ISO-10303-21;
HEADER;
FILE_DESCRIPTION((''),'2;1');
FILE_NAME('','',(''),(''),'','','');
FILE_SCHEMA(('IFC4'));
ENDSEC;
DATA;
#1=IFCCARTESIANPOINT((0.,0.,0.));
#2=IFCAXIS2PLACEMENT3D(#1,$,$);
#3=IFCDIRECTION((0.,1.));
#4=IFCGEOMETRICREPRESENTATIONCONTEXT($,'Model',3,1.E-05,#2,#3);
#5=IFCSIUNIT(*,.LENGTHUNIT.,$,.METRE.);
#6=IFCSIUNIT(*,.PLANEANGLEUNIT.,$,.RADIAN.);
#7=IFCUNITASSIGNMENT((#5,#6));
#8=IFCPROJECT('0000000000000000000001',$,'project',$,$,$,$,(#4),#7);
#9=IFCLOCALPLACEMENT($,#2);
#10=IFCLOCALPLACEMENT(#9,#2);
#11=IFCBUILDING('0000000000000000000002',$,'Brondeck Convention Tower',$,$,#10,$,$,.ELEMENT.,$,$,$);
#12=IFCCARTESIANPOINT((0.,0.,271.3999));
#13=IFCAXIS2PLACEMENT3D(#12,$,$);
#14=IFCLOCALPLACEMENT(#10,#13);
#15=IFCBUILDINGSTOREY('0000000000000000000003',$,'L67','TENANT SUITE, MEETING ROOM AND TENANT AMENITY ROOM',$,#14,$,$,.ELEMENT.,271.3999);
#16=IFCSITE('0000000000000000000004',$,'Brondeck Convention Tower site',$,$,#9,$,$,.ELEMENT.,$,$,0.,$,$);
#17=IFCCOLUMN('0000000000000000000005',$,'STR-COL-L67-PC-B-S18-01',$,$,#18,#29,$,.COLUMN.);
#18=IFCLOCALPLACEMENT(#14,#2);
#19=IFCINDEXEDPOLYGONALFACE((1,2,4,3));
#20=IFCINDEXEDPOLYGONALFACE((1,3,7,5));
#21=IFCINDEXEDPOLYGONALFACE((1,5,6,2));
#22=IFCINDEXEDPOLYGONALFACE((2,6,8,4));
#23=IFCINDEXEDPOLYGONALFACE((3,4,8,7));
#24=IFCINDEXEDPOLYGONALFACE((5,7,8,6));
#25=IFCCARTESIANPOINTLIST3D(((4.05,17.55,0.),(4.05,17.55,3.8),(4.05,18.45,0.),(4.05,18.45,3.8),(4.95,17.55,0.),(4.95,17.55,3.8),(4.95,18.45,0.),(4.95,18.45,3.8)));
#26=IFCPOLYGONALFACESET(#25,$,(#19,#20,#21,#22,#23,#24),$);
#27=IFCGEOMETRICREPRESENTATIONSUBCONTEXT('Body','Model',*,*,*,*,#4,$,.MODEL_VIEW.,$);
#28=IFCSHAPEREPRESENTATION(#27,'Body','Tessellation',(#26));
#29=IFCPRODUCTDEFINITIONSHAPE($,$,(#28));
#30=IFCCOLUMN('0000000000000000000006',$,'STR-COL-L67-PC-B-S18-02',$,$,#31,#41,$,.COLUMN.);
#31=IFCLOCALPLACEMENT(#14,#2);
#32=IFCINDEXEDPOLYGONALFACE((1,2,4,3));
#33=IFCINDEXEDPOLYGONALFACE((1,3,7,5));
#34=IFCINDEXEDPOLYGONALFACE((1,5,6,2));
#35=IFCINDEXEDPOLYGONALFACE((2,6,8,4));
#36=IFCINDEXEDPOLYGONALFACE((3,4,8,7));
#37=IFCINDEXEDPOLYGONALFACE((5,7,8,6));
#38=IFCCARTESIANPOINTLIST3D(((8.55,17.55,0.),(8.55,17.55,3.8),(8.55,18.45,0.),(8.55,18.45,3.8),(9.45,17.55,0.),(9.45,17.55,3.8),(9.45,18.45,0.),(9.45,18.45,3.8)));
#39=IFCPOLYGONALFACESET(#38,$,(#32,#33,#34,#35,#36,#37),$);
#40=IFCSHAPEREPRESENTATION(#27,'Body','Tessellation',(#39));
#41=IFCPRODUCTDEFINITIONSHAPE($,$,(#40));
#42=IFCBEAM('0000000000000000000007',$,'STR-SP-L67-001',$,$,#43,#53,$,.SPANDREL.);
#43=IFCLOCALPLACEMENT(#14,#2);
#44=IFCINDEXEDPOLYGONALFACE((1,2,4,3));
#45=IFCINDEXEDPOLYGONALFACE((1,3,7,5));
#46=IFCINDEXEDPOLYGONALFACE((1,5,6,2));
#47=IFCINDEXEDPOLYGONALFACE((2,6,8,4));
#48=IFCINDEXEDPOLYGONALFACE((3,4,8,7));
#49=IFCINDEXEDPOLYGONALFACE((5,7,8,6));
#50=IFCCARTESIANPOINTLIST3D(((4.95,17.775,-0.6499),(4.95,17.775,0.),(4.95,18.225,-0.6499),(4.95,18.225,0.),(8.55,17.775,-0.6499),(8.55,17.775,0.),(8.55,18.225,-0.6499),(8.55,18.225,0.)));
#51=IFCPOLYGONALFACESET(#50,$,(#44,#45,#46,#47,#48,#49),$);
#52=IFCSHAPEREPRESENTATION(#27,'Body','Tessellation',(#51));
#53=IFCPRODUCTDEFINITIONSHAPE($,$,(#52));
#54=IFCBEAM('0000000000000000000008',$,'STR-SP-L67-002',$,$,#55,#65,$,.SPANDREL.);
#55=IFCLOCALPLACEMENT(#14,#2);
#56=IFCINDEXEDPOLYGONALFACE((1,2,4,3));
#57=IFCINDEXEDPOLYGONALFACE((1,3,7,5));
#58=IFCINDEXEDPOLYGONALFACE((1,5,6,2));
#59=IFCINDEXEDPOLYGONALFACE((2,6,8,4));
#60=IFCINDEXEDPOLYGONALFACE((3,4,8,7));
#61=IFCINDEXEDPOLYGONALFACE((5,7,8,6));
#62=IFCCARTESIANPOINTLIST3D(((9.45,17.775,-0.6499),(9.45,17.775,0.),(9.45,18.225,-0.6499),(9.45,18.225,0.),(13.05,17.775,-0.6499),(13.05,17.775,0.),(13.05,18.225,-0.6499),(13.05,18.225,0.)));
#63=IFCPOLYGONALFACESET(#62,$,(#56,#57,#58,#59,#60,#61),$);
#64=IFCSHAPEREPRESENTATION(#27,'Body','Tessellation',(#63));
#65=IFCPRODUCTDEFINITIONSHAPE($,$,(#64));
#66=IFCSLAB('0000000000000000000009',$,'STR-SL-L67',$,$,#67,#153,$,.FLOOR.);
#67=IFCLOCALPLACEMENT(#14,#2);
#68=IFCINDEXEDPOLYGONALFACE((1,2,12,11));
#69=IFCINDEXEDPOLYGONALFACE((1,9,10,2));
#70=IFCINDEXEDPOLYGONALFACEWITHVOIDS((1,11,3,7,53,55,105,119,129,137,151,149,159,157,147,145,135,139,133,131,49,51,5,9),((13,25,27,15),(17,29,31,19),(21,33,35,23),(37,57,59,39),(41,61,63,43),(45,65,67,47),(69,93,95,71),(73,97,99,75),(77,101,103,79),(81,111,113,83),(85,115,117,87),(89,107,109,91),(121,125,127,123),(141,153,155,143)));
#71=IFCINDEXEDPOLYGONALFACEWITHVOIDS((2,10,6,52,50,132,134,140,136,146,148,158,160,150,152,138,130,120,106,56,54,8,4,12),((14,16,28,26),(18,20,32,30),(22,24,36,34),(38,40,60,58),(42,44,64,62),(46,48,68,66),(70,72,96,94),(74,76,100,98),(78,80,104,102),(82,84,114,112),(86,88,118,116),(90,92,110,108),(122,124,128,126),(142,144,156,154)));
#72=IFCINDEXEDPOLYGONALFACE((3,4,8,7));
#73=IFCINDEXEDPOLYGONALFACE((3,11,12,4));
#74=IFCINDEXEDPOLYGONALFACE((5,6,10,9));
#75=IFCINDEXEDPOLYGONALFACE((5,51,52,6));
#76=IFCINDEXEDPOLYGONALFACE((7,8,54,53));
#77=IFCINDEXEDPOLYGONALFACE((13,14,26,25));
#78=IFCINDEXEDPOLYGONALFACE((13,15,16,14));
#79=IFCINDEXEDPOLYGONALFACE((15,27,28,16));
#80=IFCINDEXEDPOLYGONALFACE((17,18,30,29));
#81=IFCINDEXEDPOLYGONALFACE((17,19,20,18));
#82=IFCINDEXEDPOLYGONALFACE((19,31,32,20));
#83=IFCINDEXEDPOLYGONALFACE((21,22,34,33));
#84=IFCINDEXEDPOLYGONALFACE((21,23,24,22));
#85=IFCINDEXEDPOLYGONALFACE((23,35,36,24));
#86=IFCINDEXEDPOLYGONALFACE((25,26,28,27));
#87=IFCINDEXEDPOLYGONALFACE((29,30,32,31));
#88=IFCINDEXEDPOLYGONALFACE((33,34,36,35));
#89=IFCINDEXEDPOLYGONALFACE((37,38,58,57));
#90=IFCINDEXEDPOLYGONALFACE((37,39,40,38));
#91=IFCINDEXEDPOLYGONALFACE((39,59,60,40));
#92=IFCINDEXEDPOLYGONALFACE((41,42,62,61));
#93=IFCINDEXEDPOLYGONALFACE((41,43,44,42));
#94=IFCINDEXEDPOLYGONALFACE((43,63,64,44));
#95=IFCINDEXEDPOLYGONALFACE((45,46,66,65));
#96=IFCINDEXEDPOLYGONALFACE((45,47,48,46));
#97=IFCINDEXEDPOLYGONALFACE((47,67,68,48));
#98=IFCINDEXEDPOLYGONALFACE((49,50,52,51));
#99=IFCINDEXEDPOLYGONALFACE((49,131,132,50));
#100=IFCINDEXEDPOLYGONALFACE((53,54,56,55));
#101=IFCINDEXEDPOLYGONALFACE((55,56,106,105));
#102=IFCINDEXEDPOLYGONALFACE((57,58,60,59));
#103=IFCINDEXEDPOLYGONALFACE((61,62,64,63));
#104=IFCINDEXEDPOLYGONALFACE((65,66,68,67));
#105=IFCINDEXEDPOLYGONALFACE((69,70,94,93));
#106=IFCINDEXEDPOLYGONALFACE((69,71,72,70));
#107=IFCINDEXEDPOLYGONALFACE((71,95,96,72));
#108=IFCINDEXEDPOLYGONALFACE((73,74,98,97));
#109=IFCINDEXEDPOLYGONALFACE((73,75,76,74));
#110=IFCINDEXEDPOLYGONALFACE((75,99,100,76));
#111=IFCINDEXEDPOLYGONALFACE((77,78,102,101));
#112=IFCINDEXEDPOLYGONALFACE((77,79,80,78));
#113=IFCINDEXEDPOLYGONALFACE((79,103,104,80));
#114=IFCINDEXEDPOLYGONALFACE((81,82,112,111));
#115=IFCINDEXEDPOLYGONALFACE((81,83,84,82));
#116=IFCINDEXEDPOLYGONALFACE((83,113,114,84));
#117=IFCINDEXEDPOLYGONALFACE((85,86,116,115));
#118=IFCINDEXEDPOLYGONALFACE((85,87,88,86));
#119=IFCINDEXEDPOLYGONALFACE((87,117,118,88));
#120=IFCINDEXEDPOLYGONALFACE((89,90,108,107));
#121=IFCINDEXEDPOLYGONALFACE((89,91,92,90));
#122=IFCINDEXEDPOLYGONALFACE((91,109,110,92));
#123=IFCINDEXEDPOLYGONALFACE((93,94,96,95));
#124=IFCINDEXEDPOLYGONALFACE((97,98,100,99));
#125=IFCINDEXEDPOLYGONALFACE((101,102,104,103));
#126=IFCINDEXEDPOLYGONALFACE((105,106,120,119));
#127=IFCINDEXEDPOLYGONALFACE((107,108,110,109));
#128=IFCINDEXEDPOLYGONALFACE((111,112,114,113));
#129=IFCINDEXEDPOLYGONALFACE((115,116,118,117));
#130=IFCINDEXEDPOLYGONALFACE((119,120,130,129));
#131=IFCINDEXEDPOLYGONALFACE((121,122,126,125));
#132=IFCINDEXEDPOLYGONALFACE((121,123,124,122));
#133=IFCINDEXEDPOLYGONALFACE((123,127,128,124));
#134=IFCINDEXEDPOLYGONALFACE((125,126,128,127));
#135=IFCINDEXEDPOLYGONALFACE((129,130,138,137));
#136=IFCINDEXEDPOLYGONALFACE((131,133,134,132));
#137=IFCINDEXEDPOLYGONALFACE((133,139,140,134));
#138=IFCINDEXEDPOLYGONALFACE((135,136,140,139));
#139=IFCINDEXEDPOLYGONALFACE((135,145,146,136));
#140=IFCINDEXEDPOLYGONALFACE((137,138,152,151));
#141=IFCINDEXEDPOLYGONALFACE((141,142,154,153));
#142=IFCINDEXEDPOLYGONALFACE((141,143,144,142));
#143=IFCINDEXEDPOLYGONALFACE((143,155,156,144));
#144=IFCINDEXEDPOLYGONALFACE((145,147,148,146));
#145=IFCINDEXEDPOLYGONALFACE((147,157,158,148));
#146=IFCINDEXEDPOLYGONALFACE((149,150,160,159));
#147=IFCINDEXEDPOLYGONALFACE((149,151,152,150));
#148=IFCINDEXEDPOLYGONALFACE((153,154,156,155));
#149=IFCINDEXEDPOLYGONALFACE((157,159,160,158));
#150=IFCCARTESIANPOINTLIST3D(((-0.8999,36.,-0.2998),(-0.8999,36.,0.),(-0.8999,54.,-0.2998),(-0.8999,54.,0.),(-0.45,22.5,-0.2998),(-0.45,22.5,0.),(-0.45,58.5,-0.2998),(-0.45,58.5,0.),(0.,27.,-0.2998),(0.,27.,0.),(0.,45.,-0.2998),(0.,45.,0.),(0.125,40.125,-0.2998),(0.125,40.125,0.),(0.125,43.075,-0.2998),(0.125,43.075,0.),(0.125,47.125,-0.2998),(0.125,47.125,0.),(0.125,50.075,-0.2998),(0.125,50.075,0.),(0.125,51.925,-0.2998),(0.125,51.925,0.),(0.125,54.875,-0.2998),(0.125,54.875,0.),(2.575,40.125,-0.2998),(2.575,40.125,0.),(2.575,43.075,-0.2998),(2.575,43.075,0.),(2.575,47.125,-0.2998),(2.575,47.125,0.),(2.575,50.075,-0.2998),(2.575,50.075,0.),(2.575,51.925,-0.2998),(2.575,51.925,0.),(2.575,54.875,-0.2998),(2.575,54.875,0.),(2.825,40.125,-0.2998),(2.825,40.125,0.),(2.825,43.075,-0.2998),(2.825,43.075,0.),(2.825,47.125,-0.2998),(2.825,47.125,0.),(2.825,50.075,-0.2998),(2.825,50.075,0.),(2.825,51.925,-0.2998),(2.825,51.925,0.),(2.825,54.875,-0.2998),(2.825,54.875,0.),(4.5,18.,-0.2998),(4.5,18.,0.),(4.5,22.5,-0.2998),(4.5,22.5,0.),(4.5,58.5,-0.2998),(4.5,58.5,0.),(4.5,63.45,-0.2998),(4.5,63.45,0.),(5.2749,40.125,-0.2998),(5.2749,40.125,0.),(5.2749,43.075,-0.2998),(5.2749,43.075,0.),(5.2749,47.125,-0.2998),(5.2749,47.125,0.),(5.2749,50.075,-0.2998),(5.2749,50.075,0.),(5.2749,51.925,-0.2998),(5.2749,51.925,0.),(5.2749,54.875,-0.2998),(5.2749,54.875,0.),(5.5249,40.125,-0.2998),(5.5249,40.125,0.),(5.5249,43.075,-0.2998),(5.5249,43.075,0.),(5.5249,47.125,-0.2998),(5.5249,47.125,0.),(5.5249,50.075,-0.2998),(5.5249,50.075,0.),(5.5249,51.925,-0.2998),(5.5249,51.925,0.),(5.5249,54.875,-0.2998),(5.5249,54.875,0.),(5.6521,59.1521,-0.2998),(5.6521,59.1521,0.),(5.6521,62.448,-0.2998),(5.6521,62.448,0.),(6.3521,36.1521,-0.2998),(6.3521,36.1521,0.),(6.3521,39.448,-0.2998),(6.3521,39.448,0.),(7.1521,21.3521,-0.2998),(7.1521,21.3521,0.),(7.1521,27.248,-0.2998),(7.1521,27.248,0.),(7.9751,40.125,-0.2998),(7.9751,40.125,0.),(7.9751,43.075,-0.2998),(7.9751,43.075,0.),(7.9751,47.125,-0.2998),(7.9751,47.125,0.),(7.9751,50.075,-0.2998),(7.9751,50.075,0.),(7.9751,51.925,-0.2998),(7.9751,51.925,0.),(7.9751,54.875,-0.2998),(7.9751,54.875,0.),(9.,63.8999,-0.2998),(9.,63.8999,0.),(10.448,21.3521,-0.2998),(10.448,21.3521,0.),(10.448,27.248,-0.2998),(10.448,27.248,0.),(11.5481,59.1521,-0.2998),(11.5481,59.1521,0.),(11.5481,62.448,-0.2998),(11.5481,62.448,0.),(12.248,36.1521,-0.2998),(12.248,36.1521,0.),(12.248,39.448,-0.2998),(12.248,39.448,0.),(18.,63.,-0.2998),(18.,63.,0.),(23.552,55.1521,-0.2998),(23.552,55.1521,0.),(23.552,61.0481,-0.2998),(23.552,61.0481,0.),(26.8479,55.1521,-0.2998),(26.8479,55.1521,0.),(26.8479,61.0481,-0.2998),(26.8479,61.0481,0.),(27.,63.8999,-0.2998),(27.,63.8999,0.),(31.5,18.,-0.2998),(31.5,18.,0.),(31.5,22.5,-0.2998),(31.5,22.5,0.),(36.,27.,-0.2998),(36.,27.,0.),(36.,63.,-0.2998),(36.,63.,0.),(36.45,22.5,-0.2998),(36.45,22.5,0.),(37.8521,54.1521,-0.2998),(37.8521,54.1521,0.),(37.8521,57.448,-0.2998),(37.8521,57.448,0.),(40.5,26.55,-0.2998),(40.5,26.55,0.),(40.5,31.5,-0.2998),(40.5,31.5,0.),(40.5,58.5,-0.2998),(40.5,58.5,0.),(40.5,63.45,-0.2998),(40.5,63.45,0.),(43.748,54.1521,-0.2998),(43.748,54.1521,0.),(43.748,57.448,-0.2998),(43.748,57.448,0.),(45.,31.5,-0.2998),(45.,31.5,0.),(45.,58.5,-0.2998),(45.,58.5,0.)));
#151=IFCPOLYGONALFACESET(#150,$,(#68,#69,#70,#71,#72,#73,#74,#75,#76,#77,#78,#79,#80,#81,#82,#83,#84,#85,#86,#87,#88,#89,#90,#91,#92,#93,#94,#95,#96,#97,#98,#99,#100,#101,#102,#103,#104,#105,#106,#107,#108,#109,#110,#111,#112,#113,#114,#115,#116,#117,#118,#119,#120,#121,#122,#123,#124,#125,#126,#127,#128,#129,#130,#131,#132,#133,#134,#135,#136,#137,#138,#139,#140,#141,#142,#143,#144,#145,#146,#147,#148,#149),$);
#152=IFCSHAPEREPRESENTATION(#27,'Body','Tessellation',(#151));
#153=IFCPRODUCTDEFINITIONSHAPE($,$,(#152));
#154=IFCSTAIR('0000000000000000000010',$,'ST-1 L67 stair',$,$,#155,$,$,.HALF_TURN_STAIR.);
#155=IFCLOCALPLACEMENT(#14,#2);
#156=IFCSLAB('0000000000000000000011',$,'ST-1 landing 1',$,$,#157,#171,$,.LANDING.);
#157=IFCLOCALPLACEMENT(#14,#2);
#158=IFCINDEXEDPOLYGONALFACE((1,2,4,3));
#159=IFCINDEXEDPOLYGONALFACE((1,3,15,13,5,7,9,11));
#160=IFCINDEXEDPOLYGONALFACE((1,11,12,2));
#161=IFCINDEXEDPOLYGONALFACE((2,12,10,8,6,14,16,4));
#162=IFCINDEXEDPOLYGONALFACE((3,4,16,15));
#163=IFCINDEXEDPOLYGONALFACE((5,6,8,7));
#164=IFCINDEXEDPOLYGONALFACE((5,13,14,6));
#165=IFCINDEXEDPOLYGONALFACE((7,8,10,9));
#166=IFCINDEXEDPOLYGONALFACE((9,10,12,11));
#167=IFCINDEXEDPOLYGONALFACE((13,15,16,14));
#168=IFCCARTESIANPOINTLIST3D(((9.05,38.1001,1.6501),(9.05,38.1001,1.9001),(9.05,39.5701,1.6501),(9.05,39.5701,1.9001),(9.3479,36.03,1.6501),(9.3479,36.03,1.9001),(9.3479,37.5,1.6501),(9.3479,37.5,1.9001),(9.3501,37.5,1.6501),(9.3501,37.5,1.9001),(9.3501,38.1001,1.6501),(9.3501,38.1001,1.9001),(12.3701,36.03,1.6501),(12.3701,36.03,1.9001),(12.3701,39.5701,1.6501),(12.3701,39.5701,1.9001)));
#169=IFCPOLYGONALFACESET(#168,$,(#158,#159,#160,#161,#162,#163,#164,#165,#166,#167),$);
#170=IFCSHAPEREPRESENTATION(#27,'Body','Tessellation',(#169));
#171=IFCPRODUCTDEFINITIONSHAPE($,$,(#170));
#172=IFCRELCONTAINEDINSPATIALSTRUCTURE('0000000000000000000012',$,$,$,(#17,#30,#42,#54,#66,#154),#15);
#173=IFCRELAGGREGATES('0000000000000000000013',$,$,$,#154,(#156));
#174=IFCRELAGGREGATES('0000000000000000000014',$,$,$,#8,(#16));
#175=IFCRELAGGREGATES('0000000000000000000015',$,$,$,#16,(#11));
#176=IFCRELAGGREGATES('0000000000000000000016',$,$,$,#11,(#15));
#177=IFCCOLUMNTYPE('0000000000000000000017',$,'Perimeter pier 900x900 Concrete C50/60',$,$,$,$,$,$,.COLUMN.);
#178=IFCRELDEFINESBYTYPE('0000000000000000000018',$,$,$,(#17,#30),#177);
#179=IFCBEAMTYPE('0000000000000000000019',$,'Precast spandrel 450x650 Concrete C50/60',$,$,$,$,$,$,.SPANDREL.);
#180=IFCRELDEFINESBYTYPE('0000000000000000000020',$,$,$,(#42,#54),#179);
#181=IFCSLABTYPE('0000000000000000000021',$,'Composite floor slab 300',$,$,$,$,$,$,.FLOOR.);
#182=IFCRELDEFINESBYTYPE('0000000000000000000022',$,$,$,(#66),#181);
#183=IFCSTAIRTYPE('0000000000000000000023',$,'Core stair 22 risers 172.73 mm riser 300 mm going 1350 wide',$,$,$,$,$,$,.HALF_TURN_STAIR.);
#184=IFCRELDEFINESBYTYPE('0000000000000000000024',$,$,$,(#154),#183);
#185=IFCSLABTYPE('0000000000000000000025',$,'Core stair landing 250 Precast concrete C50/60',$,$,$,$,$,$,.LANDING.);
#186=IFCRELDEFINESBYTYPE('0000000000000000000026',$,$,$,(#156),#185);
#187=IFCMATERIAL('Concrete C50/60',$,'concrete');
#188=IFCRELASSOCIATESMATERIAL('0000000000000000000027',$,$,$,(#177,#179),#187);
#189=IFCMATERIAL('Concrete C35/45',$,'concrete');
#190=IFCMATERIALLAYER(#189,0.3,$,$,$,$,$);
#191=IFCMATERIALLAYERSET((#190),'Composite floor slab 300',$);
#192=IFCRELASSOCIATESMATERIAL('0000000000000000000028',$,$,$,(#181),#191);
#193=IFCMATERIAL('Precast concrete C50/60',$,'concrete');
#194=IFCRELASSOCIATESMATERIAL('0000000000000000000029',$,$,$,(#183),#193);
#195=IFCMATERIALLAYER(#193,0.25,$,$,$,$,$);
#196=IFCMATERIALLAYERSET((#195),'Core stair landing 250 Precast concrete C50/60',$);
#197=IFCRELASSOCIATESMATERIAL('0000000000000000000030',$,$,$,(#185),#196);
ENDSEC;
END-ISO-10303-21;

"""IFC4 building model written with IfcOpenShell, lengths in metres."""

from ifc_helpers import new_model, si_unit, direction, frame, origin, origin_2d, place, context, subcontext, project, spatial, polyline, rectangle, outline, extrude, material, layer, layer_set, material_profile, profile_set, type_object, element, aggregate, save


model = new_model("IFC4")

# Units and contexts
model_context = context("Model", 3, precision=1e-05, world=origin(), true_north=direction((0.0, 1.0)))
body_context = subcontext(model_context, "Body", "Model", "MODEL_VIEW")
ifc_project = project(units=[si_unit("LENGTHUNIT", "METRE"), si_unit("PLANEANGLEUNIT", "RADIAN")], contexts=[model_context])

# Site, building, storey
site_placement = place(None, origin())
site = spatial("IfcSite", under=ifc_project, at=site_placement, Name="Brondeck Convention Tower site", CompositionType="ELEMENT", RefElevation=0.0)
building_placement = place(site_placement, origin())
building = spatial("IfcBuilding", under=site, at=building_placement, Name="Brondeck Convention Tower", CompositionType="ELEMENT")
storey_placement = place(building_placement, frame((0.0, 0.0, 271.3999)))
storey = spatial("IfcBuildingStorey", under=building, at=storey_placement, Name="L67", Description="TENANT SUITE, MEETING ROOM AND TENANT AMENITY ROOM", CompositionType="ELEMENT", Elevation=271.3999)

# Columns
ifc_material_1 = material(Name="Concrete C50/60", Category="concrete")
ifc_material_profile_1 = material_profile(ifc_material_1, rectangle(XDim=0.8999, YDim=0.8999, at=origin_2d()), Name="Perimeter pier 900x900 Concrete C50/60")
ifc_profile_set_1 = profile_set([ifc_material_profile_1], Name="Concrete C50/60")
column_type = type_object("IfcColumnType", Name="Perimeter pier 900x900 Concrete C50/60", PredefinedType="COLUMN", material=ifc_profile_set_1)
for number, where, z_axis, x_axis, name in (
    (1, (4.5, 18.0, 0.0), (0.0, 0.0, 1.0), (1.0, 0.0, 0.0), "STR-COL-L67-PC-B-S18-01"),
    (2, (9.0, 18.0, 0.0), (0.0, 0.0, 1.0), (1.0, 0.0, 0.0), "STR-COL-L67-PC-B-S18-02"),
):
    element("IfcColumn", number, at=place(storey_placement, frame(where, z_axis=z_axis, x_axis=x_axis)), inside=storey, type_object=column_type, Name=name, PredefinedType="COLUMN", context=body_context, shape_type="SweptSolid", body=[
        extrude(rectangle(XDim=0.8999, YDim=0.8999, at=origin_2d()), origin(), (0.0, 0.0, 1.0), 3.8),
    ])

# Beams
ifc_material_profile_2 = material_profile(ifc_material_1, rectangle(XDim=0.45, YDim=0.6499, at=origin_2d()), Name="Precast spandrel 450x650 Concrete C50/60")
ifc_profile_set_2 = profile_set([ifc_material_profile_2], Name="Concrete C50/60")
beam_type = type_object("IfcBeamType", Name="Precast spandrel 450x650 Concrete C50/60", PredefinedType="SPANDREL", material=ifc_profile_set_2)
for number, where, z_axis, x_axis, name in (
    (3, (4.95, 18.0, -0.325), (1.0, 0.0, 0.0), (0.0, 1.0, 0.0), "STR-SP-L67-001"),
    (4, (9.45, 18.0, -0.325), (1.0, 0.0, 0.0), (0.0, 1.0, 0.0), "STR-SP-L67-002"),
):
    element("IfcBeam", number, at=place(storey_placement, frame(where, z_axis=z_axis, x_axis=x_axis)), inside=storey, type_object=beam_type, Name=name, PredefinedType="SPANDREL", context=body_context, shape_type="SweptSolid", body=[
        extrude(rectangle(XDim=0.45, YDim=0.6499, at=origin_2d()), origin(), (0.0, 0.0, 1.0), 3.6001),
    ])

# Slab
ifc_material_2 = material(Name="Concrete C35/45", Category="concrete")
ifc_layer_1 = layer(ifc_material_2, 0.3)
ifc_layer_set_1 = layer_set([ifc_layer_1], Name="Composite floor slab 300")
slab_type_1 = type_object("IfcSlabType", Name="Composite floor slab 300", PredefinedType="FLOOR", material=ifc_layer_set_1)
slab_1_placement = place(storey_placement, frame((0.0, 0.0, -0.2998)))
element("IfcSlab", 5, at=slab_1_placement, inside=storey, type_object=slab_type_1, Name="STR-SL-L67", PredefinedType="FLOOR", context=body_context, shape_type="SweptSolid", body=[
    extrude(outline(polyline([(4.5, 22.5), (-0.45, 22.5), (0.0, 27.0), (-0.8999, 36.0), (0.0, 45.0), (-0.8999, 54.0), (-0.45, 58.5), (4.5, 58.5), (4.5, 63.45), (9.0, 63.8999), (18.0, 63.0), (27.0, 63.8999), (36.0, 63.0), (40.5, 63.45), (40.5, 58.5), (45.0, 58.5), (45.0, 31.5), (40.5, 31.5), (40.5, 26.55), (36.0, 27.0), (36.45, 22.5), (31.5, 22.5), (31.5, 18.0), (4.5, 18.0), (4.5, 22.5)]), holes=[polyline([(2.575, 43.075), (0.125, 43.075), (0.125, 40.125), (2.575, 40.125), (2.575, 43.075)]), polyline([(5.2749, 40.125), (5.2749, 43.075), (2.825, 43.075), (2.825, 40.125), (5.2749, 40.125)]), polyline([(7.9751, 40.125), (7.9751, 43.075), (5.5249, 43.075), (5.5249, 40.125), (7.9751, 40.125)]), polyline([(2.575, 47.125), (2.575, 50.075), (0.125, 50.075), (0.125, 47.125), (2.575, 47.125)]), polyline([(5.2749, 47.125), (5.2749, 50.075), (2.825, 50.075), (2.825, 47.125), (5.2749, 47.125)]), polyline([(2.575, 51.925), (2.575, 54.875), (0.125, 54.875), (0.125, 51.925), (2.575, 51.925)]), polyline([(5.2749, 51.925), (5.2749, 54.875), (2.825, 54.875), (2.825, 51.925), (5.2749, 51.925)]), polyline([(7.1521, 27.248), (7.1521, 21.3521), (10.448, 21.3521), (10.448, 27.248), (7.1521, 27.248)]), polyline([(12.248, 36.1521), (12.248, 39.448), (6.3521, 39.448), (6.3521, 36.1521), (12.248, 36.1521)]), polyline([(7.9751, 47.125), (7.9751, 50.075), (5.5249, 50.075), (5.5249, 47.125), (7.9751, 47.125)]), polyline([(7.9751, 51.925), (7.9751, 54.875), (5.5249, 54.875), (5.5249, 51.925), (7.9751, 51.925)]), polyline([(43.748, 54.1521), (43.748, 57.448), (37.8521, 57.448), (37.8521, 54.1521), (43.748, 54.1521)]), polyline([(23.552, 55.1521), (26.8479, 55.1521), (26.8479, 61.0481), (23.552, 61.0481), (23.552, 55.1521)]), polyline([(5.6521, 62.448), (5.6521, 59.1521), (11.5481, 59.1521), (11.5481, 62.448), (5.6521, 62.448)])]), origin(), (0.0, 0.0, 1.0), 0.2998),
])

# Stair, slab
ifc_material_3 = material(Name="Precast concrete C50/60", Category="concrete")
stair_type = type_object("IfcStairType", Name="Core stair 22 risers 172.73 mm riser 300 mm going 1350 wide", PredefinedType="HALF_TURN_STAIR", material=ifc_material_3)
stair_1_placement = place(storey_placement, origin())
stair_1 = element("IfcStair", 6, at=stair_1_placement, inside=storey, type_object=stair_type, Name="ST-1 L67 stair", PredefinedType="HALF_TURN_STAIR")
ifc_layer_2 = layer(ifc_material_3, 0.25)
ifc_layer_set_2 = layer_set([ifc_layer_2], Name="Core stair landing 250 Precast concrete C50/60")
slab_type_2 = type_object("IfcSlabType", Name="Core stair landing 250 Precast concrete C50/60", PredefinedType="LANDING", material=ifc_layer_set_2)
slab_2_placement = place(storey_placement, frame((0.0, 0.0, 1.6501)))
slab_2 = element("IfcSlab", 7, at=slab_2_placement, type_object=slab_type_2, Name="ST-1 landing 1", PredefinedType="LANDING", context=body_context, shape_type="SweptSolid", body=[
    extrude(outline(polyline([(9.3479, 37.5), (9.3501, 37.5), (9.3501, 38.1001), (9.05, 38.1001), (9.05, 39.5701), (12.3701, 39.5701), (12.3701, 36.03), (9.3479, 36.03), (9.3479, 37.5)])), origin(), (0.0, 0.0, 1.0), 0.25),
])
aggregate(stair_1, [slab_2])

save(model, "model.ifc")
